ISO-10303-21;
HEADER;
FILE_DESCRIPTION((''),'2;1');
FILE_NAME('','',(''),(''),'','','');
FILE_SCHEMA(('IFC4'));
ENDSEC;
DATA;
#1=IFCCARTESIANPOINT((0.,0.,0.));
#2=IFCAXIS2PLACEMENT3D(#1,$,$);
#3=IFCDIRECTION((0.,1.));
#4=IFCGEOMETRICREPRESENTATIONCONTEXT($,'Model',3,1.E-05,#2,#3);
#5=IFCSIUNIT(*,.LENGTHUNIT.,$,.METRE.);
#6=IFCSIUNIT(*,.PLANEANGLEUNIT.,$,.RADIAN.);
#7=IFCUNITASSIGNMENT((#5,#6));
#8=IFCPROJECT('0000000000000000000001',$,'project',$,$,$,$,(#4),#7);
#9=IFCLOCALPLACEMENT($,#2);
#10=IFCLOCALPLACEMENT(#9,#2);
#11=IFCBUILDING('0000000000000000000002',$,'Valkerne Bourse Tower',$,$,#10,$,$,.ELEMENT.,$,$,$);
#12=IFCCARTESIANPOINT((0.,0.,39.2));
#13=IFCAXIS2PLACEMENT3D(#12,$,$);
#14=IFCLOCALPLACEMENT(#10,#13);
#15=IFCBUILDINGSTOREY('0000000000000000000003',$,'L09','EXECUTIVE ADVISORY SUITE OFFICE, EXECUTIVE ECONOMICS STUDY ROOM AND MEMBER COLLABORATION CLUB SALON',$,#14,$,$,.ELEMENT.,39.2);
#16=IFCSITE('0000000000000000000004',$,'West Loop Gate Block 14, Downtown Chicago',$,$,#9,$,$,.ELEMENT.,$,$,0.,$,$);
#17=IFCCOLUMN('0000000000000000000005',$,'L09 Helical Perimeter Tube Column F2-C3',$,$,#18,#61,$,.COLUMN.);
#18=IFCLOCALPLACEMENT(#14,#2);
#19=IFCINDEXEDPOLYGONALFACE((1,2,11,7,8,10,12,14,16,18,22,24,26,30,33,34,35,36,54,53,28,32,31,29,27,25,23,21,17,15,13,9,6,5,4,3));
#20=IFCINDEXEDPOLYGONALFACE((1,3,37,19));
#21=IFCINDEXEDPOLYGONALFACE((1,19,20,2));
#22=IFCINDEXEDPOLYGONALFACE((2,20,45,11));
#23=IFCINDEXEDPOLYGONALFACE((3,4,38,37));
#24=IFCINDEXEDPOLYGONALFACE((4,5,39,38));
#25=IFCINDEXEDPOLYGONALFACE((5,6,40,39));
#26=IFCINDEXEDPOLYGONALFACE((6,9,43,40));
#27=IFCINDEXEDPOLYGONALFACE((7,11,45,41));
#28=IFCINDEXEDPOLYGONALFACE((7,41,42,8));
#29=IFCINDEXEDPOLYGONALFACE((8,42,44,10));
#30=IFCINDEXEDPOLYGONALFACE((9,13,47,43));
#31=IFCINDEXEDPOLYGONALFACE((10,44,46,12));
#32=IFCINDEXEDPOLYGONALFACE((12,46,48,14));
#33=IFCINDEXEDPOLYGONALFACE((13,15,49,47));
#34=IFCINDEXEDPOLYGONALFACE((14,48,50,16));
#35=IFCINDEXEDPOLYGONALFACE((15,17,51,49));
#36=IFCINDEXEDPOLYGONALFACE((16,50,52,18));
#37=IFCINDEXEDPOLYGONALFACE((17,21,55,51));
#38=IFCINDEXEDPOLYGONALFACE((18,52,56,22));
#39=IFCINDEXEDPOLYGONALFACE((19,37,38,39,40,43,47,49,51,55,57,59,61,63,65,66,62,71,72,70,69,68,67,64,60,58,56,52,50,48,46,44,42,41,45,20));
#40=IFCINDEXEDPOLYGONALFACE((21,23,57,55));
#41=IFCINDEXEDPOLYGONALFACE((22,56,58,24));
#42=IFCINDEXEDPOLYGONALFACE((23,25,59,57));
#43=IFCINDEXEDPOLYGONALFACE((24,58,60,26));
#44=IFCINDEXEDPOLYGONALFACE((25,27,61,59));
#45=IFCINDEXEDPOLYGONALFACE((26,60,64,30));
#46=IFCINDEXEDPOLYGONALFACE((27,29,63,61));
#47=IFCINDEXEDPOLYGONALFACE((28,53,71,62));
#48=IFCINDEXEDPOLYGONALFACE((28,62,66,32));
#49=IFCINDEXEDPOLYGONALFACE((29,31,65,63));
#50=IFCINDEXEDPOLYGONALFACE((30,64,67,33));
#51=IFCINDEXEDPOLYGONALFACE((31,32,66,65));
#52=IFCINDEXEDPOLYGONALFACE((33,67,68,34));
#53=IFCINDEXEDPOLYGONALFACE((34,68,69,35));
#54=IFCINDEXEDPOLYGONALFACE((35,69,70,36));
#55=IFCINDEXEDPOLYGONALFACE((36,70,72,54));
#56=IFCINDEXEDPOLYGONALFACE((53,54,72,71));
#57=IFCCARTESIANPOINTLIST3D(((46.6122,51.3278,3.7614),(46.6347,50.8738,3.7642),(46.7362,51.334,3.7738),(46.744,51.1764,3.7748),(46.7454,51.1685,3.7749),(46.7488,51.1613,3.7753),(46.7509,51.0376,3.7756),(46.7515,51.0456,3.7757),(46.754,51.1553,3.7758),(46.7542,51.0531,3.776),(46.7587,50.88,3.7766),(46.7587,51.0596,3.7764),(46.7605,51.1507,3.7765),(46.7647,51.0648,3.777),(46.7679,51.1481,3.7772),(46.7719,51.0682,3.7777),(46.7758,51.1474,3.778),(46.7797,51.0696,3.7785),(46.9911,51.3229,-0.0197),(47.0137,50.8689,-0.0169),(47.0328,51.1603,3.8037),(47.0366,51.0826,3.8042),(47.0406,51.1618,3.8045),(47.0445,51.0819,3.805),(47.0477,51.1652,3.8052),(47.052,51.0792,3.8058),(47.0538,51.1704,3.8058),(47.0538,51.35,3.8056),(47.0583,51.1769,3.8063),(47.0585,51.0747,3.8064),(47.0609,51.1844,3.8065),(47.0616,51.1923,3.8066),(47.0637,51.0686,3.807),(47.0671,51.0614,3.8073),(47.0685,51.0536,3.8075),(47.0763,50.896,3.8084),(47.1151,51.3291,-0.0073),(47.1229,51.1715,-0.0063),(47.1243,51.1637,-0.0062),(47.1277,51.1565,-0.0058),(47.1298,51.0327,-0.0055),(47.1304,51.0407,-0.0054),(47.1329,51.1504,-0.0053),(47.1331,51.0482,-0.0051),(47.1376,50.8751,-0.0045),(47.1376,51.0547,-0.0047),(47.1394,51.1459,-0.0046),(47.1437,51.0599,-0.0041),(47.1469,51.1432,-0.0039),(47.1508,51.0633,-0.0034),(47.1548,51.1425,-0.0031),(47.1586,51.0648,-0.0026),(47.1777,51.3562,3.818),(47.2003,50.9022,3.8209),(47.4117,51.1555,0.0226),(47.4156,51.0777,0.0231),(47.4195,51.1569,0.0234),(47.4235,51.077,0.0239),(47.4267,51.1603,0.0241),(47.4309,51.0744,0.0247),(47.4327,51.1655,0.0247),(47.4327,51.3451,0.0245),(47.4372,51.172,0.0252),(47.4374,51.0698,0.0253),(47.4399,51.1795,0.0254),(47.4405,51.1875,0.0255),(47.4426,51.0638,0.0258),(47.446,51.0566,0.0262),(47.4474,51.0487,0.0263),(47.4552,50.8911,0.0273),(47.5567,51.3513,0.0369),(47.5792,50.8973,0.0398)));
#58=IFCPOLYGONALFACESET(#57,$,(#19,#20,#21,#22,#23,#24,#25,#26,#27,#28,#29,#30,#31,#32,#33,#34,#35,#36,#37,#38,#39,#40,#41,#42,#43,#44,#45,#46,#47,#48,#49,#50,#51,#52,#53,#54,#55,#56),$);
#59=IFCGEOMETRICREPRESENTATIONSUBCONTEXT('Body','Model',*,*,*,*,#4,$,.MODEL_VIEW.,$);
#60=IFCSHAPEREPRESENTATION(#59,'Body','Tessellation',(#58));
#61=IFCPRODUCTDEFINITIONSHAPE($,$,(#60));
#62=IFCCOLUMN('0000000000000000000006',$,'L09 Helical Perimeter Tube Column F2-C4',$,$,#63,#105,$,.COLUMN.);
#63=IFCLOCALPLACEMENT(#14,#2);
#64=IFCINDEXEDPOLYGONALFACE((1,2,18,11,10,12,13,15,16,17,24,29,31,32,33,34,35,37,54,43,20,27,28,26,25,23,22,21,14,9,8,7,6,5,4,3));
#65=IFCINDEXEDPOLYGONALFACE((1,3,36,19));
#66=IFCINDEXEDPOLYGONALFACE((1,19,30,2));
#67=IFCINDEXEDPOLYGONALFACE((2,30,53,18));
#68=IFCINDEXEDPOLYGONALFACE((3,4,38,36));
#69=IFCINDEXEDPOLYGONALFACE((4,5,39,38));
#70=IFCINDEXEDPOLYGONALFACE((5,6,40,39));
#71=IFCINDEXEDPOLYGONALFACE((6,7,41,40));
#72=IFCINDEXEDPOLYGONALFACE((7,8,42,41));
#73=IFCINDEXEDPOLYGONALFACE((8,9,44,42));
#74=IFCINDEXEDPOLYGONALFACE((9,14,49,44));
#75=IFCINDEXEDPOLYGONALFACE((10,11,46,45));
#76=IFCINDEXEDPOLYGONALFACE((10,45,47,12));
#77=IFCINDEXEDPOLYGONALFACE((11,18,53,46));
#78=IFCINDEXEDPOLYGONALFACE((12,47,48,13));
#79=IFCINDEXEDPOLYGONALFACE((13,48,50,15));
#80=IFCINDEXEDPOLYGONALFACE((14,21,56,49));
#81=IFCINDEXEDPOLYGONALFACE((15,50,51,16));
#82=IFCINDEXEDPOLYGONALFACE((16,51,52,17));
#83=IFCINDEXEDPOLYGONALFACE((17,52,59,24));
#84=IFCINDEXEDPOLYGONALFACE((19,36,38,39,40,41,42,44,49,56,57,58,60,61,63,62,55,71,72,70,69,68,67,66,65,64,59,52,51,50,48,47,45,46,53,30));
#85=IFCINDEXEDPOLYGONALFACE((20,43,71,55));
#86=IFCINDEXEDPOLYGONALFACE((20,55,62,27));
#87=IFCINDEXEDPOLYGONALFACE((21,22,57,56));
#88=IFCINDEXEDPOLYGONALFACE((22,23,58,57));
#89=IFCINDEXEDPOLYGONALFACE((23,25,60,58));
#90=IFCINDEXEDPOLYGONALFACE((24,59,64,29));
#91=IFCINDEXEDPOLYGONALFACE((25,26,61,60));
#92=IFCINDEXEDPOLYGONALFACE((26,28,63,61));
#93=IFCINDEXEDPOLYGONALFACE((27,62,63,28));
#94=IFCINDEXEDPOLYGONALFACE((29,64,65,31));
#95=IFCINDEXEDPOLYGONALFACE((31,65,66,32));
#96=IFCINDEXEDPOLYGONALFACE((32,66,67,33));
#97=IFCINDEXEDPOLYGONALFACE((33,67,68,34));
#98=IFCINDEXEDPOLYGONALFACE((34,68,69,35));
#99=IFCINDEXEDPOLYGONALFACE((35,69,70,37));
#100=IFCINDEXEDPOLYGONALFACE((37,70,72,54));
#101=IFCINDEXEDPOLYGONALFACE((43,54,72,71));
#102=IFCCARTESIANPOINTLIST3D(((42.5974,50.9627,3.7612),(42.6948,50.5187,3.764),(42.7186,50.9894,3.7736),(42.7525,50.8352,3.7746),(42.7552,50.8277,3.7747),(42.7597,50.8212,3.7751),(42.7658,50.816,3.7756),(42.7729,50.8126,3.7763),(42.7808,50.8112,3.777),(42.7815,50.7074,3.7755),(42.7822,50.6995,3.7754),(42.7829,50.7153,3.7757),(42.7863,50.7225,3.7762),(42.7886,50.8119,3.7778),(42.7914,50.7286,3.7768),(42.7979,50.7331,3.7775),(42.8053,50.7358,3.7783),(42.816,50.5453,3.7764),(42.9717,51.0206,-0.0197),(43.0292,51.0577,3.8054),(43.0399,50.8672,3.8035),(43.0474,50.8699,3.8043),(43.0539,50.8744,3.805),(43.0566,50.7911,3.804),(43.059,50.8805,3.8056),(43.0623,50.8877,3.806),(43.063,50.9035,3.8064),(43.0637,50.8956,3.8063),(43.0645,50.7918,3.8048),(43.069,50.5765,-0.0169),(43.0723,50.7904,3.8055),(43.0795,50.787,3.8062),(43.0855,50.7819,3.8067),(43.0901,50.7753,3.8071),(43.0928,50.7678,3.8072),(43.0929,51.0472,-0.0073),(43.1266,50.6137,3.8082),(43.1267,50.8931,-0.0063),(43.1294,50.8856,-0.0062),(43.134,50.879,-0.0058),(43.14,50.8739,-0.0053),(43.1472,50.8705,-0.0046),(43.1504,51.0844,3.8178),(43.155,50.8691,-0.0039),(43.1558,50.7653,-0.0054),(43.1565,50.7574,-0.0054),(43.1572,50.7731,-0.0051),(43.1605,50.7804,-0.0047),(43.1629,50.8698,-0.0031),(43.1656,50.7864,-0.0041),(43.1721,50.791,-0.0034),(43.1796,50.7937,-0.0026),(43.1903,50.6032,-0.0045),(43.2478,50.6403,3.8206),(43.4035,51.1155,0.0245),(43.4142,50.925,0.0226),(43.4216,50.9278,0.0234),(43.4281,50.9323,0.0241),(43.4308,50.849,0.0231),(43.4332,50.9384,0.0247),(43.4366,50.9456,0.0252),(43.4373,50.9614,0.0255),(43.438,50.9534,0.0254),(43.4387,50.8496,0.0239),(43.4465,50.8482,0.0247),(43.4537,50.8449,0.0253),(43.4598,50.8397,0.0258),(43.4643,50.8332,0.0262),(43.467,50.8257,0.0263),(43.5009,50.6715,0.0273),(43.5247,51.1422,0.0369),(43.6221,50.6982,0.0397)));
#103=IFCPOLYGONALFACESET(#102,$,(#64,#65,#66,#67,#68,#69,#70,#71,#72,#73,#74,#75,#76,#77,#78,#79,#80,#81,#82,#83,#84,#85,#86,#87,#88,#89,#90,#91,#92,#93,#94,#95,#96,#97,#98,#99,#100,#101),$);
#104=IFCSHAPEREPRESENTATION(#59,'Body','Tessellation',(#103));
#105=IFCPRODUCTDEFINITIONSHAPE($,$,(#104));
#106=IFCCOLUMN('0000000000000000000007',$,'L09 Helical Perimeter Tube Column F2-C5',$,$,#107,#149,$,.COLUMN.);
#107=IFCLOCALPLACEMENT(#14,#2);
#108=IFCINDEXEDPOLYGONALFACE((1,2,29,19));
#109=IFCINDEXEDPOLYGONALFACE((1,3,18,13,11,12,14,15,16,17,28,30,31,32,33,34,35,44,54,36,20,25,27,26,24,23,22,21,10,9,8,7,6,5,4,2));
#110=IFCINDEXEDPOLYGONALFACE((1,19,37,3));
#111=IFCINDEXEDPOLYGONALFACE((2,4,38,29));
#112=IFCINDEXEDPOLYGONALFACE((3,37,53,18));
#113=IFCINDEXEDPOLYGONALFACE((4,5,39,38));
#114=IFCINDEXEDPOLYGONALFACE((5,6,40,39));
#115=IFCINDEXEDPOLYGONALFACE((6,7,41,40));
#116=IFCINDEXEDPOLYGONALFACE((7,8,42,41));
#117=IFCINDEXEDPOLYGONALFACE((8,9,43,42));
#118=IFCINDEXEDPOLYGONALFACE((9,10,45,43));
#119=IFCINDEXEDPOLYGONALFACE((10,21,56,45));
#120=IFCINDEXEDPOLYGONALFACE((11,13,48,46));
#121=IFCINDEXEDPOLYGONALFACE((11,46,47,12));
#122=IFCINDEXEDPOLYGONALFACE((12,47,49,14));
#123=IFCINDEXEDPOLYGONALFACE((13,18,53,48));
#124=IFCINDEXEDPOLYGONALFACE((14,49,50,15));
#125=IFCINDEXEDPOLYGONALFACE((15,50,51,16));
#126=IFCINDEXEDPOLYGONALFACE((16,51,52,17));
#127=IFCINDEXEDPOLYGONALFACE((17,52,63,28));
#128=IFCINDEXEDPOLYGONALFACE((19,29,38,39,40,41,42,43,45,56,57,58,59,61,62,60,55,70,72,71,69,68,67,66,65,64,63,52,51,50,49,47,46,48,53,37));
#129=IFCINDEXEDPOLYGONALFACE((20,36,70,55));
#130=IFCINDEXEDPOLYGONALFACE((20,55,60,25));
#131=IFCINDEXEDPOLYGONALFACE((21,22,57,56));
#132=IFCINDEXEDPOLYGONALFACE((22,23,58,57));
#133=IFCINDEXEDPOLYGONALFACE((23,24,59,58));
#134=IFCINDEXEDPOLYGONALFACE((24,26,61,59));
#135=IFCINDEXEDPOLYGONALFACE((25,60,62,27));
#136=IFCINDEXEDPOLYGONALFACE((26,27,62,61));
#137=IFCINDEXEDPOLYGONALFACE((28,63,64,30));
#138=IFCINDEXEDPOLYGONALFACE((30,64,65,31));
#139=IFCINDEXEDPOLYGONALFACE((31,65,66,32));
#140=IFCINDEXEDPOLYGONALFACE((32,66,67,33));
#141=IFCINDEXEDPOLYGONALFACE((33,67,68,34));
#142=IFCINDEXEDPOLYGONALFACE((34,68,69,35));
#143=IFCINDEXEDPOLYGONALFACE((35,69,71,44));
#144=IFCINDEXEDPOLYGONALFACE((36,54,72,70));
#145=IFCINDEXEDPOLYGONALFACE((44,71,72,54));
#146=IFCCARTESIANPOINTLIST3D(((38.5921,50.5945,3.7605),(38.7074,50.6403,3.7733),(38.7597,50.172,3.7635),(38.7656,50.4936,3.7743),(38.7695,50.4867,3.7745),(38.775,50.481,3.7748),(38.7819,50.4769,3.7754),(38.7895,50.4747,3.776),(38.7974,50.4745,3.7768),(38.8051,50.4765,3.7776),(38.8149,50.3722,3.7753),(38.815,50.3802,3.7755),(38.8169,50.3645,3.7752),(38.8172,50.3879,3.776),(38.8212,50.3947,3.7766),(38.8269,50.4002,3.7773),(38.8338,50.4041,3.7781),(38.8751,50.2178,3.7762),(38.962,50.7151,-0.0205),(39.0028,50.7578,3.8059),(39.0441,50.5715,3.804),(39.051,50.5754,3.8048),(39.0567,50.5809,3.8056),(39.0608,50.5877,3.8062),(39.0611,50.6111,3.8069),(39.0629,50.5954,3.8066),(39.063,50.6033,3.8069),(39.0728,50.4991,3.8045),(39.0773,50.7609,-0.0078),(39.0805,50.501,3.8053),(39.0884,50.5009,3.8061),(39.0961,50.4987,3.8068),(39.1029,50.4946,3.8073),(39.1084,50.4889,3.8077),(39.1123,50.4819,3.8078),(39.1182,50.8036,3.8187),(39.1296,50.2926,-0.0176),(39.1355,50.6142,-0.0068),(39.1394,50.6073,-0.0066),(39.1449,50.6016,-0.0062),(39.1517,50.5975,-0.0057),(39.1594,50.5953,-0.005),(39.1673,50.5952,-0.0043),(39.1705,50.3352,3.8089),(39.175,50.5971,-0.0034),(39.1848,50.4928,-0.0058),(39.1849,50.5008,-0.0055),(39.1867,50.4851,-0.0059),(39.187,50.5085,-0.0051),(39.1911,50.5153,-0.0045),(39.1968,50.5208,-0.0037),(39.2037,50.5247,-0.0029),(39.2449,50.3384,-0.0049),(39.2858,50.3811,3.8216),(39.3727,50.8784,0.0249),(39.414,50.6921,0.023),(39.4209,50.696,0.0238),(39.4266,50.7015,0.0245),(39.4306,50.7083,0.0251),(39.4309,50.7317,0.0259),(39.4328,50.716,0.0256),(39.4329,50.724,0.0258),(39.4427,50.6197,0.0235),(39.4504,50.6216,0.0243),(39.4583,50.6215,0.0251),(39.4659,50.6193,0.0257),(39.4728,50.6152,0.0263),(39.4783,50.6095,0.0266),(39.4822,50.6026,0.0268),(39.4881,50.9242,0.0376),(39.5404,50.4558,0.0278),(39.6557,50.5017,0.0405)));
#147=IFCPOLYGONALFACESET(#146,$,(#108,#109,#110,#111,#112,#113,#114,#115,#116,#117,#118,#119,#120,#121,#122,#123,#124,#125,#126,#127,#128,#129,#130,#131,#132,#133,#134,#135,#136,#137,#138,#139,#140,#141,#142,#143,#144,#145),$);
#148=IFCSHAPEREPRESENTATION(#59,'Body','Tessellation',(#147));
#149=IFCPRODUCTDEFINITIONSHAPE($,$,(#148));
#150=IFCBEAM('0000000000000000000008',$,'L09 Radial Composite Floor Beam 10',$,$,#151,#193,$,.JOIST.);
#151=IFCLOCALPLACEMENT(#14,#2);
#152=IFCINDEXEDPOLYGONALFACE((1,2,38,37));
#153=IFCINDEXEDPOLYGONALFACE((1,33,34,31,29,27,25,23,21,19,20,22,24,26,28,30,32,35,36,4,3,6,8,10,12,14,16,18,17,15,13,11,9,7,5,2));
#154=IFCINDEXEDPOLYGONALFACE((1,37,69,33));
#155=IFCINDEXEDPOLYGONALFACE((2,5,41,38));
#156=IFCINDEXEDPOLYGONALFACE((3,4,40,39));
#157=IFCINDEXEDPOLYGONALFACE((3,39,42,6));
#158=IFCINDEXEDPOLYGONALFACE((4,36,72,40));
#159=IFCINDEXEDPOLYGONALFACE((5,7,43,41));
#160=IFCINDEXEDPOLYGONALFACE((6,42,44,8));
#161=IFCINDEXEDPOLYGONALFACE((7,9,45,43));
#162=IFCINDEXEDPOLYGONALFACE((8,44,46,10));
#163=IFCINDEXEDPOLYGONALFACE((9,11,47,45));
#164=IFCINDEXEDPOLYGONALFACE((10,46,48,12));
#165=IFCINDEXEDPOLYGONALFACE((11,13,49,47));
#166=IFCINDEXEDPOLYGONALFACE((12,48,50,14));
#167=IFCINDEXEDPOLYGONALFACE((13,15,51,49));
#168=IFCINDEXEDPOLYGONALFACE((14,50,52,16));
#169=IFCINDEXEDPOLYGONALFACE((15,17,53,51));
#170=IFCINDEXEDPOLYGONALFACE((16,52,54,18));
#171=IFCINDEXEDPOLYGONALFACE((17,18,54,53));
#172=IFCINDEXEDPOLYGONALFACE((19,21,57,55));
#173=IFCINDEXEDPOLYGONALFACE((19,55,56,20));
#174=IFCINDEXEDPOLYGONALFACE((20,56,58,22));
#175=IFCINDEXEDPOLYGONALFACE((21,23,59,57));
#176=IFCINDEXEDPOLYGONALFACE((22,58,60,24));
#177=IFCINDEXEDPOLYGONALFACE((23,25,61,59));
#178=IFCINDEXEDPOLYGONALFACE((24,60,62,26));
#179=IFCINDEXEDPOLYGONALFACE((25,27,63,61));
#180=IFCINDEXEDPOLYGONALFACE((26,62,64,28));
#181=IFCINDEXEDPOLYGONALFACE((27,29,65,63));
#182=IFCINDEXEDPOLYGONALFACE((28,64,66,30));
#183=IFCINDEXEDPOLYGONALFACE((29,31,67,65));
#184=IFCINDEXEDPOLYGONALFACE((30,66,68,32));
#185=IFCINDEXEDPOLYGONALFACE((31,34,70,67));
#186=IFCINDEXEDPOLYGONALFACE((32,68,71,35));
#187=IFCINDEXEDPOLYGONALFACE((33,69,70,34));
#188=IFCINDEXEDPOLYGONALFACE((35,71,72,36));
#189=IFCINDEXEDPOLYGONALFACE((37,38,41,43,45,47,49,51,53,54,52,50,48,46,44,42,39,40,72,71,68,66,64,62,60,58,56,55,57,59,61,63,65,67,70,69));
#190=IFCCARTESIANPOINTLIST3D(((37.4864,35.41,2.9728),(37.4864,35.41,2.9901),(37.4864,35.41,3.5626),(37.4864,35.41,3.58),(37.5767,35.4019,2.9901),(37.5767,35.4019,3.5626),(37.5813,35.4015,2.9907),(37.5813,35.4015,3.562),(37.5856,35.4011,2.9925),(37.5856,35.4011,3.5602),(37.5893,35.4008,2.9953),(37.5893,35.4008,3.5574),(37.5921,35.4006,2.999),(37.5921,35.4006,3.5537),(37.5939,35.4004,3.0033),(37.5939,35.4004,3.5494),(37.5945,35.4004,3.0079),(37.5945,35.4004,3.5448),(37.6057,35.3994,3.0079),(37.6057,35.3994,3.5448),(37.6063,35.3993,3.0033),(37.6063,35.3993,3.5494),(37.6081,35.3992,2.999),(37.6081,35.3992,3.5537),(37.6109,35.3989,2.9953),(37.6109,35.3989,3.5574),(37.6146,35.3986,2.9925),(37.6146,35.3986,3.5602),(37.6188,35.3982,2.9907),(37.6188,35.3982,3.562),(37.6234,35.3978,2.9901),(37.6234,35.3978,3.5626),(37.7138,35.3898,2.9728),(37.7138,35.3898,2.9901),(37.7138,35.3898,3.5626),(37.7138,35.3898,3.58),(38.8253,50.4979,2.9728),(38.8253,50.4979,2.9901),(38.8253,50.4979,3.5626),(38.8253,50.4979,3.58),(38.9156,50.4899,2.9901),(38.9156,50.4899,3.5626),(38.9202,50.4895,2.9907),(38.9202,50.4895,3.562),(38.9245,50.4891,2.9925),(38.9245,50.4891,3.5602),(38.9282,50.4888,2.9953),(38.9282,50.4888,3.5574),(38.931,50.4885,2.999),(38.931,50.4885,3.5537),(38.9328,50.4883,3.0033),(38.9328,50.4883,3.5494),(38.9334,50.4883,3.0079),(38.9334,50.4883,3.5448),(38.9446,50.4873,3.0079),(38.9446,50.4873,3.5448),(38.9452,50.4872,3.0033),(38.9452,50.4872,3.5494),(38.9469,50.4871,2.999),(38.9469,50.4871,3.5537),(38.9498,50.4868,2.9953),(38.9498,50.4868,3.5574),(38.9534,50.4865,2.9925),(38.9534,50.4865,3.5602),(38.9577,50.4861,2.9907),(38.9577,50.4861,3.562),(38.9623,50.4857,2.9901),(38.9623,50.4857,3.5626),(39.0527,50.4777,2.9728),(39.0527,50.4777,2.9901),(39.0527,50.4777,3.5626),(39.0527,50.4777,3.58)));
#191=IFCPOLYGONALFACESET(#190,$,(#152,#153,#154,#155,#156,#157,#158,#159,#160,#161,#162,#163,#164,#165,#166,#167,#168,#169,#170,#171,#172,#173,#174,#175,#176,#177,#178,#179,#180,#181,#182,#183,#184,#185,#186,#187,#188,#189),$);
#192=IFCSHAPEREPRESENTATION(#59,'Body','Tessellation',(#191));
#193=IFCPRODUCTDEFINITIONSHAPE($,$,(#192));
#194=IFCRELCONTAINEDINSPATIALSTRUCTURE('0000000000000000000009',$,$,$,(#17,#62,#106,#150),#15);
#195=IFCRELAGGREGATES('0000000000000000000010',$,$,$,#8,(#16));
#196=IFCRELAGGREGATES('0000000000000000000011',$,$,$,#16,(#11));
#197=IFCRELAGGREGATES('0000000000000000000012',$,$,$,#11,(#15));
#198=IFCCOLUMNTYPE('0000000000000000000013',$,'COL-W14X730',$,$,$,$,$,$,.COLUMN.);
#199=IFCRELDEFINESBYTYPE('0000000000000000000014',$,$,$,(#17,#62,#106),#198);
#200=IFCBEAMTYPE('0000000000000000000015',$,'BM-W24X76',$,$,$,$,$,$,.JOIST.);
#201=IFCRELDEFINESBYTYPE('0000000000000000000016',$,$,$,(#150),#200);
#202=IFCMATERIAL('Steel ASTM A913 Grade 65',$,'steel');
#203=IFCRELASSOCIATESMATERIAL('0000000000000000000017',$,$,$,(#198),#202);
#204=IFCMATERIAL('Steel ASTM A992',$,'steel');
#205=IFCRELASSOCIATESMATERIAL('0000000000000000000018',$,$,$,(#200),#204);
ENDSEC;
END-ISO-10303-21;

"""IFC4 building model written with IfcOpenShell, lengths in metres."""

from ifc_helpers import new_model, si_unit, direction, frame, origin, origin_2d, place, context, subcontext, project, spatial, i_section, extrude, material, material_profile, profile_set, type_object, element, save


model = new_model("IFC4")

# Units and contexts
model_context = context("Model", 3, precision=1e-05, world=origin(), true_north=direction((0.0, 1.0)))
body_context = subcontext(model_context, "Body", "Model", "MODEL_VIEW")
ifc_project = project(units=[si_unit("LENGTHUNIT", "METRE"), si_unit("PLANEANGLEUNIT", "RADIAN")], contexts=[model_context])

# Site, building, storey
site_placement = place(None, origin())
site = spatial("IfcSite", under=ifc_project, at=site_placement, Name="West Loop Gate Block 14, Downtown Chicago", CompositionType="ELEMENT", RefElevation=0.0)
building_placement = place(site_placement, origin())
building = spatial("IfcBuilding", under=site, at=building_placement, Name="Valkerne Bourse Tower", CompositionType="ELEMENT")
storey_placement = place(building_placement, frame((0.0, 0.0, 39.2)))
storey = spatial("IfcBuildingStorey", under=building, at=storey_placement, Name="L09", Description="EXECUTIVE ADVISORY SUITE OFFICE, EXECUTIVE ECONOMICS STUDY ROOM AND MEMBER COLLABORATION CLUB SALON", CompositionType="ELEMENT", Elevation=39.2)

# Columns
ifc_material_1 = material(Name="Steel ASTM A913 Grade 65", Category="steel")
ifc_material_profile_1 = material_profile(ifc_material_1, i_section(OverallWidth=0.4546, OverallDepth=0.5691, WebThickness=0.0779, FlangeThickness=0.1248, FilletRadius=0.0305, at=origin_2d()), Name="W14X730")
ifc_profile_set_1 = profile_set([ifc_material_profile_1], Name="Steel ASTM A913 Grade 65")
column_type = type_object("IfcColumnType", Name="COL-W14X730", PredefinedType="COLUMN", material=ifc_profile_set_1)
column_1_placement = place(storey_placement, frame((47.2852, 51.1101, 0.01), z_axis=(-0.099714, 0.001285, 0.995015), x_axis=(-0.049612, 0.998749, -0.006262)))
element("IfcColumn", 1, at=column_1_placement, inside=storey, type_object=column_type, Name="L09 Helical Perimeter Tube Column F2-C3", PredefinedType="COLUMN", context=body_context, shape_type="SweptSolid", body=[
    extrude(i_section(OverallWidth=0.4546, OverallDepth=0.5691, WebThickness=0.0779, FlangeThickness=0.1248, FilletRadius=0.0305, at=origin_2d()), origin(), (0.0, 0.0, 1.0), 3.8),
])
column_2_placement = place(storey_placement, frame((43.2969, 50.8594, 0.01), z_axis=(-0.098493, -0.015227, 0.995021), x_axis=(-0.214227, 0.976764, -0.006258)))
element("IfcColumn", 2, at=column_2_placement, inside=storey, type_object=column_type, Name="L09 Helical Perimeter Tube Column F2-C4", PredefinedType="COLUMN", context=body_context, shape_type="SweptSolid", body=[
    extrude(i_section(OverallWidth=0.4546, OverallDepth=0.5691, WebThickness=0.0779, FlangeThickness=0.1248, FilletRadius=0.0305, at=origin_2d()), origin(), (0.0, 0.0, 1.0), 3.7998),
])
column_3_placement = place(storey_placement, frame((39.3088, 50.6084, 0.01), z_axis=(-0.09731, -0.03173, 0.994748), x_axis=(-0.36878, 0.929494, -0.006427)))
element("IfcColumn", 3, at=column_3_placement, inside=storey, type_object=column_type, Name="L09 Helical Perimeter Tube Column F2-C5", PredefinedType="COLUMN", context=body_context, shape_type="SweptSolid", body=[
    extrude(i_section(OverallWidth=0.4546, OverallDepth=0.5691, WebThickness=0.0779, FlangeThickness=0.1248, FilletRadius=0.0305, at=origin_2d()), origin(), (0.0, 0.0, 1.0), 3.801),
])

# Beam
ifc_material_2 = material(Name="Steel ASTM A992", Category="steel")
ifc_material_profile_2 = material_profile(ifc_material_2, i_section(OverallWidth=0.2283, OverallDepth=0.6072, WebThickness=0.0112, FlangeThickness=0.0173, FilletRadius=0.0178, at=origin_2d()), Name="W24X76")
ifc_profile_set_2 = profile_set([ifc_material_profile_2], Name="Steel ASTM A992")
beam_type_1 = type_object("IfcBeamType", Name="BM-W24X76", PredefinedType="JOIST", material=ifc_profile_set_2)
beam_1_placement = place(storey_placement, frame((38.939, 50.4878, 3.2764), z_axis=(-0.088391, -0.996086, 0.0), x_axis=(0.996086, -0.088391, 0.0)))
element("IfcBeam", 4, at=beam_1_placement, inside=storey, type_object=beam_type_1, Name="L09 Radial Composite Floor Beam 10", PredefinedType="JOIST", context=body_context, shape_type="SweptSolid", body=[
    extrude(i_section(OverallWidth=0.2283, OverallDepth=0.6072, WebThickness=0.0112, FlangeThickness=0.0173, FilletRadius=0.0178, at=origin_2d()), origin(), (0.0, 0.0, 1.0), 15.1472),
])

save(model, "model.ifc")
